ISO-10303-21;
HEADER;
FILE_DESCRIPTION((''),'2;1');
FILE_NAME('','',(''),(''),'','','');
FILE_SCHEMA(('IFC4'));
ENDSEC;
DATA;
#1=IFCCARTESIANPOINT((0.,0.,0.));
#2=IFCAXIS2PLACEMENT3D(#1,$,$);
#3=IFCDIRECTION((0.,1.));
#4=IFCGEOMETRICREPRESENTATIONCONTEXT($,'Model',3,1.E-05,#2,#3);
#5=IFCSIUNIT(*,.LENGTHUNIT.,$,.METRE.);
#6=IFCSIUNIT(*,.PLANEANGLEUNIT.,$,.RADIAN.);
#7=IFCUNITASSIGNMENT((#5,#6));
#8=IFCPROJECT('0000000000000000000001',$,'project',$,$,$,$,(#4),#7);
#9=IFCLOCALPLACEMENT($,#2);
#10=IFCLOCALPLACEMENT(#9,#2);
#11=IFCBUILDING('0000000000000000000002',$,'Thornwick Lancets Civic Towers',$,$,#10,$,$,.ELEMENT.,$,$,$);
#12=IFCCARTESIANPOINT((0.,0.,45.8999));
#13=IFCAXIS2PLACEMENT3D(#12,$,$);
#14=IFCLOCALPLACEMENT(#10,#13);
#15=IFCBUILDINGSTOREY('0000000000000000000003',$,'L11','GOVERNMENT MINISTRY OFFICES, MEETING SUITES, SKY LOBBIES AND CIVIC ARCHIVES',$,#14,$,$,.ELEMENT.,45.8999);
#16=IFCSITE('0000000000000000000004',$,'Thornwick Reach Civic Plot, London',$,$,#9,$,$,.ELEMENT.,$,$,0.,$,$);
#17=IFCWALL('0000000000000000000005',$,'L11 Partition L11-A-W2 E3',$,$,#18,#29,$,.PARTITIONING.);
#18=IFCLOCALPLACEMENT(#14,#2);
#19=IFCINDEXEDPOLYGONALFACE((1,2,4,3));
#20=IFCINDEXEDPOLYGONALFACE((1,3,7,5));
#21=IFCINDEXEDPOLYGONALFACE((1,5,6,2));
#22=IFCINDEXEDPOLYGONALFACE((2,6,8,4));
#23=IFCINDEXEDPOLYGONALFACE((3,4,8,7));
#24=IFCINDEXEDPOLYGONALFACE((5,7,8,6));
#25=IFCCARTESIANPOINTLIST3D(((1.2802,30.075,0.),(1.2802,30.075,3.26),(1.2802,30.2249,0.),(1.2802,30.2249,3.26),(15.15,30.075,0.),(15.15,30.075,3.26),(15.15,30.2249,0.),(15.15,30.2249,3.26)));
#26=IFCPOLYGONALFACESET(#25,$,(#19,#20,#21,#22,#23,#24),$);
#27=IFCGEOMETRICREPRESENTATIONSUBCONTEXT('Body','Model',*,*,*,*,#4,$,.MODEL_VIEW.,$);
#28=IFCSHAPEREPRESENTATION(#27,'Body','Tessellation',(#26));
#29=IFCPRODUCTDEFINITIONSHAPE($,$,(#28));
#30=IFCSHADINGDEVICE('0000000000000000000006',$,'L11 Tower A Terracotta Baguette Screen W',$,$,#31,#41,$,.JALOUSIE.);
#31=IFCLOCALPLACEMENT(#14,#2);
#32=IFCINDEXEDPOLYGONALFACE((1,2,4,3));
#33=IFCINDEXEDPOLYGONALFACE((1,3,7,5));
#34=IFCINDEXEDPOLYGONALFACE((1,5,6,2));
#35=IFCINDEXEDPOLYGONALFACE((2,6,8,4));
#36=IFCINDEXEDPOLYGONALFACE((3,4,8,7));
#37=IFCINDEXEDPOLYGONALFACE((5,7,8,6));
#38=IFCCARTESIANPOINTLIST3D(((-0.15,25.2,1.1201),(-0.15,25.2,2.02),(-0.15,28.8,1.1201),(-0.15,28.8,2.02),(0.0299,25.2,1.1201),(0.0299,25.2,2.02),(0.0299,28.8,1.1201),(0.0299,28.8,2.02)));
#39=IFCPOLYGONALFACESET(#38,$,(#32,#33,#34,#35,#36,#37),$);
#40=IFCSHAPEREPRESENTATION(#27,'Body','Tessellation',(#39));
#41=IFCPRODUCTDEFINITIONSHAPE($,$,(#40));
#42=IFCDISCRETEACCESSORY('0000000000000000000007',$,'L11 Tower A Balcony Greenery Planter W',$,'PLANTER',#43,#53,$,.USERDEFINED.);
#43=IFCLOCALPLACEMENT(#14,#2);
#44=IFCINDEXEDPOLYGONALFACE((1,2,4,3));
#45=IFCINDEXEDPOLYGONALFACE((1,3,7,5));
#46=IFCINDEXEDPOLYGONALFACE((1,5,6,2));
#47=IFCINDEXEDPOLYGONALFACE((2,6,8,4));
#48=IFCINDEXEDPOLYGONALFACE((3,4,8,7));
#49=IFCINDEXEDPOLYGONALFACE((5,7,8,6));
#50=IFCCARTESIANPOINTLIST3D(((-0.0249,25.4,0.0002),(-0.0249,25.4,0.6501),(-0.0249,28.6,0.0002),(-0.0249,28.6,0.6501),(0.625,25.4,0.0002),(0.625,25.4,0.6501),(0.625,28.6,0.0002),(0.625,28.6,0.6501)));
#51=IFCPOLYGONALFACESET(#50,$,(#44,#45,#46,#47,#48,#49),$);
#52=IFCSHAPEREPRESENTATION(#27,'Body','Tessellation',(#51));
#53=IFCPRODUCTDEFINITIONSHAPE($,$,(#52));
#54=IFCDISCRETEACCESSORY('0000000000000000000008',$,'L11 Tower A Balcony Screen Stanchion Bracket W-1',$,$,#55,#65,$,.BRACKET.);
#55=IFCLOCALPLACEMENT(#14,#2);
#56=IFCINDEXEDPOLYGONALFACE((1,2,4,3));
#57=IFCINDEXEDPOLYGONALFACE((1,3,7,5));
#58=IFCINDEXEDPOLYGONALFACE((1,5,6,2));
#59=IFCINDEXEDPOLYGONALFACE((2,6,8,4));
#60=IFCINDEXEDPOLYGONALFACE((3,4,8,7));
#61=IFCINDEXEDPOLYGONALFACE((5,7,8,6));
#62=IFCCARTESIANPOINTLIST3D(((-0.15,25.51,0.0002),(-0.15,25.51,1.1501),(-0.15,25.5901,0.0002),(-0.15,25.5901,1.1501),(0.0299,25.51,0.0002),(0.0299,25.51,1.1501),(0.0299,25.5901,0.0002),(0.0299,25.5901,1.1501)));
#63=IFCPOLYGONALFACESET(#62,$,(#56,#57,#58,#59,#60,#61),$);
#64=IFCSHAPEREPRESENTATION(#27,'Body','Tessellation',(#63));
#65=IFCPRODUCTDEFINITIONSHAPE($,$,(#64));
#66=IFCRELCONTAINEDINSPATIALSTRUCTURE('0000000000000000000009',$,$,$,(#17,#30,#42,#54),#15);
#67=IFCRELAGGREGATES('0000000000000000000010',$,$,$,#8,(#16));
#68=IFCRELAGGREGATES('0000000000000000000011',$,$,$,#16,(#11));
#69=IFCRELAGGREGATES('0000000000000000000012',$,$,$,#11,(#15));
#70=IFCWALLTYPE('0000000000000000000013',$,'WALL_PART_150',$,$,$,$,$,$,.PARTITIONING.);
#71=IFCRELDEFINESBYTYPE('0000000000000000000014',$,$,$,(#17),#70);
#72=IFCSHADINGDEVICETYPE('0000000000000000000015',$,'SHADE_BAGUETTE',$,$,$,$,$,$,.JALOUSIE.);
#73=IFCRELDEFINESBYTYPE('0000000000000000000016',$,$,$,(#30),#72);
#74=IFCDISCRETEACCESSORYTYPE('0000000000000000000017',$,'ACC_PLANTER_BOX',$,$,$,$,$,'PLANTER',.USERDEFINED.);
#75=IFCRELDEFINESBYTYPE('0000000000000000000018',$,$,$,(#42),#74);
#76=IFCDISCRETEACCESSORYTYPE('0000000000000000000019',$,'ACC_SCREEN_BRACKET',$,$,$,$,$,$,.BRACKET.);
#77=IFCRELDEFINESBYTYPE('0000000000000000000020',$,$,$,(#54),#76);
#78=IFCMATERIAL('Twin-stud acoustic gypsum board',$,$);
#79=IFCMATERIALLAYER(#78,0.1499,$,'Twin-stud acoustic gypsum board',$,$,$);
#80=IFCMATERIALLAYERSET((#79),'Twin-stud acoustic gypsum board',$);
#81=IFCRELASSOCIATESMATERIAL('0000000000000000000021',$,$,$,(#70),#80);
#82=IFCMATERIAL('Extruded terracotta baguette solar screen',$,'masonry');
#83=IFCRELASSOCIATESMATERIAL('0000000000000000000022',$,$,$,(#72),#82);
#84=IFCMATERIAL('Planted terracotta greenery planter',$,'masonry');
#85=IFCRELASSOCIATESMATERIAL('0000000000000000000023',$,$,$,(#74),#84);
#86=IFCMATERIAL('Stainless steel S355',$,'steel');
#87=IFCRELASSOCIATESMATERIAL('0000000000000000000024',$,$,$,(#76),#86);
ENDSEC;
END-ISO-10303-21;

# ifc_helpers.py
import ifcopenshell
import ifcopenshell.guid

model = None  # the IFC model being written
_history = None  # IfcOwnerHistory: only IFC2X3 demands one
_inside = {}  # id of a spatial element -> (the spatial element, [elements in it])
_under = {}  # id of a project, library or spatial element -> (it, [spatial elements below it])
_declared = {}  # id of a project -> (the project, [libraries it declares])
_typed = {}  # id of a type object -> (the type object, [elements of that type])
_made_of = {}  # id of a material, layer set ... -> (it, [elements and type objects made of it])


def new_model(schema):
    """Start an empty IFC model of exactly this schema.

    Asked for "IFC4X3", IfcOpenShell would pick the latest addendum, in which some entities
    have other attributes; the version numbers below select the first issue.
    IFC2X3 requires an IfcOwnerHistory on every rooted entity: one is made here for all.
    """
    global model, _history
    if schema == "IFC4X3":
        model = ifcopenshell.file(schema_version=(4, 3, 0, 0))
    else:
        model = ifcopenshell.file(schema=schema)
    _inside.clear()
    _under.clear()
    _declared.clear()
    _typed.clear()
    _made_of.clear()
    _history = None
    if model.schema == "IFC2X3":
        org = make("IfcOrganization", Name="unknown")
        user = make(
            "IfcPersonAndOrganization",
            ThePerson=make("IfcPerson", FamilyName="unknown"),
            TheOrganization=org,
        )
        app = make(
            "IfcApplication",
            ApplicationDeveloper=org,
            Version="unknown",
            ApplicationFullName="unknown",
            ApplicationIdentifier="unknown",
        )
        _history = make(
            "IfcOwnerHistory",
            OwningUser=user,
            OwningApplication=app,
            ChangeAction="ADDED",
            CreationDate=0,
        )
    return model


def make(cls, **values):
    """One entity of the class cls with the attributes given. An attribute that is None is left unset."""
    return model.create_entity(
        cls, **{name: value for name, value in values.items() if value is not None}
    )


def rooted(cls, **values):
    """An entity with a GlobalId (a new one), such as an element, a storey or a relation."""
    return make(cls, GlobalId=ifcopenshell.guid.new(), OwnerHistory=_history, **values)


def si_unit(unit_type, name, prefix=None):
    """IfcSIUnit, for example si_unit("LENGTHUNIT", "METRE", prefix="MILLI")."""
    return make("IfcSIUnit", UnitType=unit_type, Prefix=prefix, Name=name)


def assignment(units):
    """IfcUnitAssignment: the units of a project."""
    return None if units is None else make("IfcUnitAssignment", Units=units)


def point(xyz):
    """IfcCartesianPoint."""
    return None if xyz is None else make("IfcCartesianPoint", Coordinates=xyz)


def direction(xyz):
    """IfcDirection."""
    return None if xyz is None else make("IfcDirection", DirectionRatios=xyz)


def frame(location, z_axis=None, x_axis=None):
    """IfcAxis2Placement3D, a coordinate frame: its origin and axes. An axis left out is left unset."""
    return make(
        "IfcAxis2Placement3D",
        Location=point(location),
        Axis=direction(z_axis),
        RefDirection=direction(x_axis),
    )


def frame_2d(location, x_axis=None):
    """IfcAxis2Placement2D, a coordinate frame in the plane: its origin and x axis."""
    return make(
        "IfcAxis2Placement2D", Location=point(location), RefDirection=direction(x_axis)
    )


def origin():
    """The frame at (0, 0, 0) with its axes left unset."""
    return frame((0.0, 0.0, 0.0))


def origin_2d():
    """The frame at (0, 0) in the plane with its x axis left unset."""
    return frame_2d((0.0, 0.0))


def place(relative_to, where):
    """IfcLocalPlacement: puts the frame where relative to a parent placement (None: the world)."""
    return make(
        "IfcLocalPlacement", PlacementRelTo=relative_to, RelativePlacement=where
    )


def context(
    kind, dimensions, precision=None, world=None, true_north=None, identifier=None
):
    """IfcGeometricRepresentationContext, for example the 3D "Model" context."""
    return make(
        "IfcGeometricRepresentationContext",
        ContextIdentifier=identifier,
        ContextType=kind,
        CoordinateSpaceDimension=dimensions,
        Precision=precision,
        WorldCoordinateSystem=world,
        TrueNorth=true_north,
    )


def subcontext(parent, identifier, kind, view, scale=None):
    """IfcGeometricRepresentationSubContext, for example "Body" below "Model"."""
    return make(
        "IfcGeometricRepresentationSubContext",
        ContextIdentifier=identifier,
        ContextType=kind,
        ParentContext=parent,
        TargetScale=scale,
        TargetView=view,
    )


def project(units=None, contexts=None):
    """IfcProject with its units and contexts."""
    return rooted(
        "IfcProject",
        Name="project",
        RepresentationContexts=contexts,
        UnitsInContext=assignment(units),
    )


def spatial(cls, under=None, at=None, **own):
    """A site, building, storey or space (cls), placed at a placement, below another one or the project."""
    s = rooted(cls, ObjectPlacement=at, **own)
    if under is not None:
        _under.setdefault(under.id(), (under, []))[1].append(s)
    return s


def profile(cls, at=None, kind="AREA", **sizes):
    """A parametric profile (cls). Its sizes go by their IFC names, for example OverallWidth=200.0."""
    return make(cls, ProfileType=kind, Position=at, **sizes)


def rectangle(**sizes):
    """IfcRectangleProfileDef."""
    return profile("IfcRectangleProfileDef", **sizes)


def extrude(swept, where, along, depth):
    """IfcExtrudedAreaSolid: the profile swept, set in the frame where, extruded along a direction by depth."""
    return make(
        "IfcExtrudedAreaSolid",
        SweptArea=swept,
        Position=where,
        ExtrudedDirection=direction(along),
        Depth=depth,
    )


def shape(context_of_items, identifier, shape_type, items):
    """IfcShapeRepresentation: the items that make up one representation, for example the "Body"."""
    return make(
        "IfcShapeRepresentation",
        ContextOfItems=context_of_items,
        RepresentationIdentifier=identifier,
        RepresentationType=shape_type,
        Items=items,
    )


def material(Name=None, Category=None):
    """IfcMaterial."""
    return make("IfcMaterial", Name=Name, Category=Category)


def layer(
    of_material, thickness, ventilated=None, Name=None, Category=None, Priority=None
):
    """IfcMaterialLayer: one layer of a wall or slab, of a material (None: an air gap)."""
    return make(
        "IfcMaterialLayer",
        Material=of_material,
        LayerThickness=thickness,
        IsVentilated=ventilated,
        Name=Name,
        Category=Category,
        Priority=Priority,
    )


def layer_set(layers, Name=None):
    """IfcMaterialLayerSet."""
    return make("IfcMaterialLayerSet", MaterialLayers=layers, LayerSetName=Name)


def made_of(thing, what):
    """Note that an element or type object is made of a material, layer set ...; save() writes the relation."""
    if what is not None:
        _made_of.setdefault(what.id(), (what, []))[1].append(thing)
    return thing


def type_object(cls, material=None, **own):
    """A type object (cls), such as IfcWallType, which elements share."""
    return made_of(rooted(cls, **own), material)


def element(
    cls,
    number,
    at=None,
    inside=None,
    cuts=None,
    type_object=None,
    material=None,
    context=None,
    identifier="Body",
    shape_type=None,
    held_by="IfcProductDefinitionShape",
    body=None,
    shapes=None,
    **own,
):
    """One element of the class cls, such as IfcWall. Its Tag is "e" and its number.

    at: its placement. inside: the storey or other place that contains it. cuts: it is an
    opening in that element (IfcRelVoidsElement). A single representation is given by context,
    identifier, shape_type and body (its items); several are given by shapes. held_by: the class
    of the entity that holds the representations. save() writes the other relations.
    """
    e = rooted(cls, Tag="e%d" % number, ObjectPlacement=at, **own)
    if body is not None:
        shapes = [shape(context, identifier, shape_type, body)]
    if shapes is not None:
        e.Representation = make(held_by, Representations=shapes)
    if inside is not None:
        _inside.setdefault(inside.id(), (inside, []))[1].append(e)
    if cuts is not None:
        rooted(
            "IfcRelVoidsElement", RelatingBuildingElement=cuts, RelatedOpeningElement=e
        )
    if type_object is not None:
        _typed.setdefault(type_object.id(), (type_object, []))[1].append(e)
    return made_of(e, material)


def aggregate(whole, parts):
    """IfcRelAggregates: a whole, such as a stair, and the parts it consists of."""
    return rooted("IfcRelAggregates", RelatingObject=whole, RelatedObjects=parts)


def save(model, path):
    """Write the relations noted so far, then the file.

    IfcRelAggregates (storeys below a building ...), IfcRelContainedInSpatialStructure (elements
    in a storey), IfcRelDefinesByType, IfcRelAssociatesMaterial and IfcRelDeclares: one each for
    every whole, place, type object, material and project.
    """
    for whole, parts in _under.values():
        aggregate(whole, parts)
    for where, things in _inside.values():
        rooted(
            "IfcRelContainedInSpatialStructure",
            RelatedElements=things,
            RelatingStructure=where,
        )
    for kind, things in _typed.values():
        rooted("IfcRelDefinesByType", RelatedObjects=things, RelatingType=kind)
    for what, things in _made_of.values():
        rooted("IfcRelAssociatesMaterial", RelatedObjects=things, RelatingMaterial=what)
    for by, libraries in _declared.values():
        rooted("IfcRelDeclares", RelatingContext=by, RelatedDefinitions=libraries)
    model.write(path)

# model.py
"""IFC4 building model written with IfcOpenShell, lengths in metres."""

from ifc_helpers import new_model, si_unit, direction, frame, frame_2d, origin, origin_2d, place, context, subcontext, project, spatial, rectangle, extrude, material, layer, layer_set, type_object, element, save


model = new_model("IFC4")

# Units and contexts
model_context = context("Model", 3, precision=1e-05, world=origin(), true_north=direction((0.0, 1.0)))
body_context = subcontext(model_context, "Body", "Model", "MODEL_VIEW")
ifc_project = project(units=[si_unit("LENGTHUNIT", "METRE"), si_unit("PLANEANGLEUNIT", "RADIAN")], contexts=[model_context])

# Site, building, storey
site_placement = place(None, origin())
site = spatial("IfcSite", under=ifc_project, at=site_placement, Name="Thornwick Reach Civic Plot, London", CompositionType="ELEMENT", RefElevation=0.0)
building_placement = place(site_placement, origin())
building = spatial("IfcBuilding", under=site, at=building_placement, Name="Thornwick Lancets Civic Towers", CompositionType="ELEMENT")
storey_placement = place(building_placement, frame((0.0, 0.0, 45.8999)))
storey = spatial("IfcBuildingStorey", under=building, at=storey_placement, Name="L11", Description="GOVERNMENT MINISTRY OFFICES, MEETING SUITES, SKY LOBBIES AND CIVIC ARCHIVES", CompositionType="ELEMENT", Elevation=45.8999)

# Wall
ifc_material_1 = material(Name="Twin-stud acoustic gypsum board")
ifc_layer_1 = layer(ifc_material_1, 0.1499, Name="Twin-stud acoustic gypsum board")
ifc_layer_set_1 = layer_set([ifc_layer_1], Name="Twin-stud acoustic gypsum board")
wall_type_1 = type_object("IfcWallType", Name="WALL_PART_150", PredefinedType="PARTITIONING", material=ifc_layer_set_1)
wall_1_placement = place(storey_placement, frame((1.28, 30.1499, 0.0), z_axis=(0.0, 0.0, 1.0), x_axis=(1.0, 0.0, 0.0)))
element("IfcWall", 1, at=wall_1_placement, inside=storey, type_object=wall_type_1, Name="L11 Partition L11-A-W2 E3", PredefinedType="PARTITIONING", context=body_context, shape_type="SweptSolid", body=[
    extrude(rectangle(XDim=13.8699, YDim=0.1499, at=frame_2d((6.9351, 0.0))), origin(), (0.0, 0.0, 1.0), 3.26),
])

# Shading device
ifc_material_2 = material(Name="Extruded terracotta baguette solar screen", Category="masonry")
shading_device_type = type_object("IfcShadingDeviceType", Name="SHADE_BAGUETTE", PredefinedType="JALOUSIE", material=ifc_material_2)
shading_device_placement = place(storey_placement, frame((-0.0601, 27.0, 1.1201), z_axis=(0.0, 0.0, 1.0), x_axis=(0.0, 1.0, 0.0)))
element("IfcShadingDevice", 2, at=shading_device_placement, inside=storey, type_object=shading_device_type, Name="L11 Tower A Terracotta Baguette Screen W", PredefinedType="JALOUSIE", context=body_context, shape_type="SweptSolid", body=[
    extrude(rectangle(XDim=3.6001, YDim=0.1799, at=origin_2d()), origin(), (0.0, 0.0, 1.0), 0.8999),
])

# Discrete accessories
ifc_material_3 = material(Name="Planted terracotta greenery planter", Category="masonry")
discrete_accessory_type_1 = type_object("IfcDiscreteAccessoryType", Name="ACC_PLANTER_BOX", ElementType="PLANTER", PredefinedType="USERDEFINED", material=ifc_material_3)
discrete_accessory_1_placement = place(storey_placement, frame((0.3, 27.0, 0.0002), z_axis=(0.0, 0.0, 1.0), x_axis=(1.0, 0.0, 0.0)))
element("IfcDiscreteAccessory", 3, at=discrete_accessory_1_placement, inside=storey, type_object=discrete_accessory_type_1, Name="L11 Tower A Balcony Greenery Planter W", ObjectType="PLANTER", PredefinedType="USERDEFINED", context=body_context, shape_type="SweptSolid", body=[
    extrude(rectangle(XDim=0.6499, YDim=3.2, at=origin_2d()), origin(), (0.0, 0.0, 1.0), 0.6499),
])
ifc_material_4 = material(Name="Stainless steel S355", Category="steel")
discrete_accessory_type_2 = type_object("IfcDiscreteAccessoryType", Name="ACC_SCREEN_BRACKET", PredefinedType="BRACKET", material=ifc_material_4)
discrete_accessory_2_placement = place(storey_placement, frame((-0.0601, 25.55, 0.0002), z_axis=(0.0, 0.0, 1.0), x_axis=(0.0, 1.0, 0.0)))
element("IfcDiscreteAccessory", 4, at=discrete_accessory_2_placement, inside=storey, type_object=discrete_accessory_type_2, Name="L11 Tower A Balcony Screen Stanchion Bracket W-1", PredefinedType="BRACKET", context=body_context, shape_type="SweptSolid", body=[
    extrude(rectangle(XDim=0.0801, YDim=0.1799, at=origin_2d()), origin(), (0.0, 0.0, 1.0), 1.1499),
])

save(model, "model.ifc")
